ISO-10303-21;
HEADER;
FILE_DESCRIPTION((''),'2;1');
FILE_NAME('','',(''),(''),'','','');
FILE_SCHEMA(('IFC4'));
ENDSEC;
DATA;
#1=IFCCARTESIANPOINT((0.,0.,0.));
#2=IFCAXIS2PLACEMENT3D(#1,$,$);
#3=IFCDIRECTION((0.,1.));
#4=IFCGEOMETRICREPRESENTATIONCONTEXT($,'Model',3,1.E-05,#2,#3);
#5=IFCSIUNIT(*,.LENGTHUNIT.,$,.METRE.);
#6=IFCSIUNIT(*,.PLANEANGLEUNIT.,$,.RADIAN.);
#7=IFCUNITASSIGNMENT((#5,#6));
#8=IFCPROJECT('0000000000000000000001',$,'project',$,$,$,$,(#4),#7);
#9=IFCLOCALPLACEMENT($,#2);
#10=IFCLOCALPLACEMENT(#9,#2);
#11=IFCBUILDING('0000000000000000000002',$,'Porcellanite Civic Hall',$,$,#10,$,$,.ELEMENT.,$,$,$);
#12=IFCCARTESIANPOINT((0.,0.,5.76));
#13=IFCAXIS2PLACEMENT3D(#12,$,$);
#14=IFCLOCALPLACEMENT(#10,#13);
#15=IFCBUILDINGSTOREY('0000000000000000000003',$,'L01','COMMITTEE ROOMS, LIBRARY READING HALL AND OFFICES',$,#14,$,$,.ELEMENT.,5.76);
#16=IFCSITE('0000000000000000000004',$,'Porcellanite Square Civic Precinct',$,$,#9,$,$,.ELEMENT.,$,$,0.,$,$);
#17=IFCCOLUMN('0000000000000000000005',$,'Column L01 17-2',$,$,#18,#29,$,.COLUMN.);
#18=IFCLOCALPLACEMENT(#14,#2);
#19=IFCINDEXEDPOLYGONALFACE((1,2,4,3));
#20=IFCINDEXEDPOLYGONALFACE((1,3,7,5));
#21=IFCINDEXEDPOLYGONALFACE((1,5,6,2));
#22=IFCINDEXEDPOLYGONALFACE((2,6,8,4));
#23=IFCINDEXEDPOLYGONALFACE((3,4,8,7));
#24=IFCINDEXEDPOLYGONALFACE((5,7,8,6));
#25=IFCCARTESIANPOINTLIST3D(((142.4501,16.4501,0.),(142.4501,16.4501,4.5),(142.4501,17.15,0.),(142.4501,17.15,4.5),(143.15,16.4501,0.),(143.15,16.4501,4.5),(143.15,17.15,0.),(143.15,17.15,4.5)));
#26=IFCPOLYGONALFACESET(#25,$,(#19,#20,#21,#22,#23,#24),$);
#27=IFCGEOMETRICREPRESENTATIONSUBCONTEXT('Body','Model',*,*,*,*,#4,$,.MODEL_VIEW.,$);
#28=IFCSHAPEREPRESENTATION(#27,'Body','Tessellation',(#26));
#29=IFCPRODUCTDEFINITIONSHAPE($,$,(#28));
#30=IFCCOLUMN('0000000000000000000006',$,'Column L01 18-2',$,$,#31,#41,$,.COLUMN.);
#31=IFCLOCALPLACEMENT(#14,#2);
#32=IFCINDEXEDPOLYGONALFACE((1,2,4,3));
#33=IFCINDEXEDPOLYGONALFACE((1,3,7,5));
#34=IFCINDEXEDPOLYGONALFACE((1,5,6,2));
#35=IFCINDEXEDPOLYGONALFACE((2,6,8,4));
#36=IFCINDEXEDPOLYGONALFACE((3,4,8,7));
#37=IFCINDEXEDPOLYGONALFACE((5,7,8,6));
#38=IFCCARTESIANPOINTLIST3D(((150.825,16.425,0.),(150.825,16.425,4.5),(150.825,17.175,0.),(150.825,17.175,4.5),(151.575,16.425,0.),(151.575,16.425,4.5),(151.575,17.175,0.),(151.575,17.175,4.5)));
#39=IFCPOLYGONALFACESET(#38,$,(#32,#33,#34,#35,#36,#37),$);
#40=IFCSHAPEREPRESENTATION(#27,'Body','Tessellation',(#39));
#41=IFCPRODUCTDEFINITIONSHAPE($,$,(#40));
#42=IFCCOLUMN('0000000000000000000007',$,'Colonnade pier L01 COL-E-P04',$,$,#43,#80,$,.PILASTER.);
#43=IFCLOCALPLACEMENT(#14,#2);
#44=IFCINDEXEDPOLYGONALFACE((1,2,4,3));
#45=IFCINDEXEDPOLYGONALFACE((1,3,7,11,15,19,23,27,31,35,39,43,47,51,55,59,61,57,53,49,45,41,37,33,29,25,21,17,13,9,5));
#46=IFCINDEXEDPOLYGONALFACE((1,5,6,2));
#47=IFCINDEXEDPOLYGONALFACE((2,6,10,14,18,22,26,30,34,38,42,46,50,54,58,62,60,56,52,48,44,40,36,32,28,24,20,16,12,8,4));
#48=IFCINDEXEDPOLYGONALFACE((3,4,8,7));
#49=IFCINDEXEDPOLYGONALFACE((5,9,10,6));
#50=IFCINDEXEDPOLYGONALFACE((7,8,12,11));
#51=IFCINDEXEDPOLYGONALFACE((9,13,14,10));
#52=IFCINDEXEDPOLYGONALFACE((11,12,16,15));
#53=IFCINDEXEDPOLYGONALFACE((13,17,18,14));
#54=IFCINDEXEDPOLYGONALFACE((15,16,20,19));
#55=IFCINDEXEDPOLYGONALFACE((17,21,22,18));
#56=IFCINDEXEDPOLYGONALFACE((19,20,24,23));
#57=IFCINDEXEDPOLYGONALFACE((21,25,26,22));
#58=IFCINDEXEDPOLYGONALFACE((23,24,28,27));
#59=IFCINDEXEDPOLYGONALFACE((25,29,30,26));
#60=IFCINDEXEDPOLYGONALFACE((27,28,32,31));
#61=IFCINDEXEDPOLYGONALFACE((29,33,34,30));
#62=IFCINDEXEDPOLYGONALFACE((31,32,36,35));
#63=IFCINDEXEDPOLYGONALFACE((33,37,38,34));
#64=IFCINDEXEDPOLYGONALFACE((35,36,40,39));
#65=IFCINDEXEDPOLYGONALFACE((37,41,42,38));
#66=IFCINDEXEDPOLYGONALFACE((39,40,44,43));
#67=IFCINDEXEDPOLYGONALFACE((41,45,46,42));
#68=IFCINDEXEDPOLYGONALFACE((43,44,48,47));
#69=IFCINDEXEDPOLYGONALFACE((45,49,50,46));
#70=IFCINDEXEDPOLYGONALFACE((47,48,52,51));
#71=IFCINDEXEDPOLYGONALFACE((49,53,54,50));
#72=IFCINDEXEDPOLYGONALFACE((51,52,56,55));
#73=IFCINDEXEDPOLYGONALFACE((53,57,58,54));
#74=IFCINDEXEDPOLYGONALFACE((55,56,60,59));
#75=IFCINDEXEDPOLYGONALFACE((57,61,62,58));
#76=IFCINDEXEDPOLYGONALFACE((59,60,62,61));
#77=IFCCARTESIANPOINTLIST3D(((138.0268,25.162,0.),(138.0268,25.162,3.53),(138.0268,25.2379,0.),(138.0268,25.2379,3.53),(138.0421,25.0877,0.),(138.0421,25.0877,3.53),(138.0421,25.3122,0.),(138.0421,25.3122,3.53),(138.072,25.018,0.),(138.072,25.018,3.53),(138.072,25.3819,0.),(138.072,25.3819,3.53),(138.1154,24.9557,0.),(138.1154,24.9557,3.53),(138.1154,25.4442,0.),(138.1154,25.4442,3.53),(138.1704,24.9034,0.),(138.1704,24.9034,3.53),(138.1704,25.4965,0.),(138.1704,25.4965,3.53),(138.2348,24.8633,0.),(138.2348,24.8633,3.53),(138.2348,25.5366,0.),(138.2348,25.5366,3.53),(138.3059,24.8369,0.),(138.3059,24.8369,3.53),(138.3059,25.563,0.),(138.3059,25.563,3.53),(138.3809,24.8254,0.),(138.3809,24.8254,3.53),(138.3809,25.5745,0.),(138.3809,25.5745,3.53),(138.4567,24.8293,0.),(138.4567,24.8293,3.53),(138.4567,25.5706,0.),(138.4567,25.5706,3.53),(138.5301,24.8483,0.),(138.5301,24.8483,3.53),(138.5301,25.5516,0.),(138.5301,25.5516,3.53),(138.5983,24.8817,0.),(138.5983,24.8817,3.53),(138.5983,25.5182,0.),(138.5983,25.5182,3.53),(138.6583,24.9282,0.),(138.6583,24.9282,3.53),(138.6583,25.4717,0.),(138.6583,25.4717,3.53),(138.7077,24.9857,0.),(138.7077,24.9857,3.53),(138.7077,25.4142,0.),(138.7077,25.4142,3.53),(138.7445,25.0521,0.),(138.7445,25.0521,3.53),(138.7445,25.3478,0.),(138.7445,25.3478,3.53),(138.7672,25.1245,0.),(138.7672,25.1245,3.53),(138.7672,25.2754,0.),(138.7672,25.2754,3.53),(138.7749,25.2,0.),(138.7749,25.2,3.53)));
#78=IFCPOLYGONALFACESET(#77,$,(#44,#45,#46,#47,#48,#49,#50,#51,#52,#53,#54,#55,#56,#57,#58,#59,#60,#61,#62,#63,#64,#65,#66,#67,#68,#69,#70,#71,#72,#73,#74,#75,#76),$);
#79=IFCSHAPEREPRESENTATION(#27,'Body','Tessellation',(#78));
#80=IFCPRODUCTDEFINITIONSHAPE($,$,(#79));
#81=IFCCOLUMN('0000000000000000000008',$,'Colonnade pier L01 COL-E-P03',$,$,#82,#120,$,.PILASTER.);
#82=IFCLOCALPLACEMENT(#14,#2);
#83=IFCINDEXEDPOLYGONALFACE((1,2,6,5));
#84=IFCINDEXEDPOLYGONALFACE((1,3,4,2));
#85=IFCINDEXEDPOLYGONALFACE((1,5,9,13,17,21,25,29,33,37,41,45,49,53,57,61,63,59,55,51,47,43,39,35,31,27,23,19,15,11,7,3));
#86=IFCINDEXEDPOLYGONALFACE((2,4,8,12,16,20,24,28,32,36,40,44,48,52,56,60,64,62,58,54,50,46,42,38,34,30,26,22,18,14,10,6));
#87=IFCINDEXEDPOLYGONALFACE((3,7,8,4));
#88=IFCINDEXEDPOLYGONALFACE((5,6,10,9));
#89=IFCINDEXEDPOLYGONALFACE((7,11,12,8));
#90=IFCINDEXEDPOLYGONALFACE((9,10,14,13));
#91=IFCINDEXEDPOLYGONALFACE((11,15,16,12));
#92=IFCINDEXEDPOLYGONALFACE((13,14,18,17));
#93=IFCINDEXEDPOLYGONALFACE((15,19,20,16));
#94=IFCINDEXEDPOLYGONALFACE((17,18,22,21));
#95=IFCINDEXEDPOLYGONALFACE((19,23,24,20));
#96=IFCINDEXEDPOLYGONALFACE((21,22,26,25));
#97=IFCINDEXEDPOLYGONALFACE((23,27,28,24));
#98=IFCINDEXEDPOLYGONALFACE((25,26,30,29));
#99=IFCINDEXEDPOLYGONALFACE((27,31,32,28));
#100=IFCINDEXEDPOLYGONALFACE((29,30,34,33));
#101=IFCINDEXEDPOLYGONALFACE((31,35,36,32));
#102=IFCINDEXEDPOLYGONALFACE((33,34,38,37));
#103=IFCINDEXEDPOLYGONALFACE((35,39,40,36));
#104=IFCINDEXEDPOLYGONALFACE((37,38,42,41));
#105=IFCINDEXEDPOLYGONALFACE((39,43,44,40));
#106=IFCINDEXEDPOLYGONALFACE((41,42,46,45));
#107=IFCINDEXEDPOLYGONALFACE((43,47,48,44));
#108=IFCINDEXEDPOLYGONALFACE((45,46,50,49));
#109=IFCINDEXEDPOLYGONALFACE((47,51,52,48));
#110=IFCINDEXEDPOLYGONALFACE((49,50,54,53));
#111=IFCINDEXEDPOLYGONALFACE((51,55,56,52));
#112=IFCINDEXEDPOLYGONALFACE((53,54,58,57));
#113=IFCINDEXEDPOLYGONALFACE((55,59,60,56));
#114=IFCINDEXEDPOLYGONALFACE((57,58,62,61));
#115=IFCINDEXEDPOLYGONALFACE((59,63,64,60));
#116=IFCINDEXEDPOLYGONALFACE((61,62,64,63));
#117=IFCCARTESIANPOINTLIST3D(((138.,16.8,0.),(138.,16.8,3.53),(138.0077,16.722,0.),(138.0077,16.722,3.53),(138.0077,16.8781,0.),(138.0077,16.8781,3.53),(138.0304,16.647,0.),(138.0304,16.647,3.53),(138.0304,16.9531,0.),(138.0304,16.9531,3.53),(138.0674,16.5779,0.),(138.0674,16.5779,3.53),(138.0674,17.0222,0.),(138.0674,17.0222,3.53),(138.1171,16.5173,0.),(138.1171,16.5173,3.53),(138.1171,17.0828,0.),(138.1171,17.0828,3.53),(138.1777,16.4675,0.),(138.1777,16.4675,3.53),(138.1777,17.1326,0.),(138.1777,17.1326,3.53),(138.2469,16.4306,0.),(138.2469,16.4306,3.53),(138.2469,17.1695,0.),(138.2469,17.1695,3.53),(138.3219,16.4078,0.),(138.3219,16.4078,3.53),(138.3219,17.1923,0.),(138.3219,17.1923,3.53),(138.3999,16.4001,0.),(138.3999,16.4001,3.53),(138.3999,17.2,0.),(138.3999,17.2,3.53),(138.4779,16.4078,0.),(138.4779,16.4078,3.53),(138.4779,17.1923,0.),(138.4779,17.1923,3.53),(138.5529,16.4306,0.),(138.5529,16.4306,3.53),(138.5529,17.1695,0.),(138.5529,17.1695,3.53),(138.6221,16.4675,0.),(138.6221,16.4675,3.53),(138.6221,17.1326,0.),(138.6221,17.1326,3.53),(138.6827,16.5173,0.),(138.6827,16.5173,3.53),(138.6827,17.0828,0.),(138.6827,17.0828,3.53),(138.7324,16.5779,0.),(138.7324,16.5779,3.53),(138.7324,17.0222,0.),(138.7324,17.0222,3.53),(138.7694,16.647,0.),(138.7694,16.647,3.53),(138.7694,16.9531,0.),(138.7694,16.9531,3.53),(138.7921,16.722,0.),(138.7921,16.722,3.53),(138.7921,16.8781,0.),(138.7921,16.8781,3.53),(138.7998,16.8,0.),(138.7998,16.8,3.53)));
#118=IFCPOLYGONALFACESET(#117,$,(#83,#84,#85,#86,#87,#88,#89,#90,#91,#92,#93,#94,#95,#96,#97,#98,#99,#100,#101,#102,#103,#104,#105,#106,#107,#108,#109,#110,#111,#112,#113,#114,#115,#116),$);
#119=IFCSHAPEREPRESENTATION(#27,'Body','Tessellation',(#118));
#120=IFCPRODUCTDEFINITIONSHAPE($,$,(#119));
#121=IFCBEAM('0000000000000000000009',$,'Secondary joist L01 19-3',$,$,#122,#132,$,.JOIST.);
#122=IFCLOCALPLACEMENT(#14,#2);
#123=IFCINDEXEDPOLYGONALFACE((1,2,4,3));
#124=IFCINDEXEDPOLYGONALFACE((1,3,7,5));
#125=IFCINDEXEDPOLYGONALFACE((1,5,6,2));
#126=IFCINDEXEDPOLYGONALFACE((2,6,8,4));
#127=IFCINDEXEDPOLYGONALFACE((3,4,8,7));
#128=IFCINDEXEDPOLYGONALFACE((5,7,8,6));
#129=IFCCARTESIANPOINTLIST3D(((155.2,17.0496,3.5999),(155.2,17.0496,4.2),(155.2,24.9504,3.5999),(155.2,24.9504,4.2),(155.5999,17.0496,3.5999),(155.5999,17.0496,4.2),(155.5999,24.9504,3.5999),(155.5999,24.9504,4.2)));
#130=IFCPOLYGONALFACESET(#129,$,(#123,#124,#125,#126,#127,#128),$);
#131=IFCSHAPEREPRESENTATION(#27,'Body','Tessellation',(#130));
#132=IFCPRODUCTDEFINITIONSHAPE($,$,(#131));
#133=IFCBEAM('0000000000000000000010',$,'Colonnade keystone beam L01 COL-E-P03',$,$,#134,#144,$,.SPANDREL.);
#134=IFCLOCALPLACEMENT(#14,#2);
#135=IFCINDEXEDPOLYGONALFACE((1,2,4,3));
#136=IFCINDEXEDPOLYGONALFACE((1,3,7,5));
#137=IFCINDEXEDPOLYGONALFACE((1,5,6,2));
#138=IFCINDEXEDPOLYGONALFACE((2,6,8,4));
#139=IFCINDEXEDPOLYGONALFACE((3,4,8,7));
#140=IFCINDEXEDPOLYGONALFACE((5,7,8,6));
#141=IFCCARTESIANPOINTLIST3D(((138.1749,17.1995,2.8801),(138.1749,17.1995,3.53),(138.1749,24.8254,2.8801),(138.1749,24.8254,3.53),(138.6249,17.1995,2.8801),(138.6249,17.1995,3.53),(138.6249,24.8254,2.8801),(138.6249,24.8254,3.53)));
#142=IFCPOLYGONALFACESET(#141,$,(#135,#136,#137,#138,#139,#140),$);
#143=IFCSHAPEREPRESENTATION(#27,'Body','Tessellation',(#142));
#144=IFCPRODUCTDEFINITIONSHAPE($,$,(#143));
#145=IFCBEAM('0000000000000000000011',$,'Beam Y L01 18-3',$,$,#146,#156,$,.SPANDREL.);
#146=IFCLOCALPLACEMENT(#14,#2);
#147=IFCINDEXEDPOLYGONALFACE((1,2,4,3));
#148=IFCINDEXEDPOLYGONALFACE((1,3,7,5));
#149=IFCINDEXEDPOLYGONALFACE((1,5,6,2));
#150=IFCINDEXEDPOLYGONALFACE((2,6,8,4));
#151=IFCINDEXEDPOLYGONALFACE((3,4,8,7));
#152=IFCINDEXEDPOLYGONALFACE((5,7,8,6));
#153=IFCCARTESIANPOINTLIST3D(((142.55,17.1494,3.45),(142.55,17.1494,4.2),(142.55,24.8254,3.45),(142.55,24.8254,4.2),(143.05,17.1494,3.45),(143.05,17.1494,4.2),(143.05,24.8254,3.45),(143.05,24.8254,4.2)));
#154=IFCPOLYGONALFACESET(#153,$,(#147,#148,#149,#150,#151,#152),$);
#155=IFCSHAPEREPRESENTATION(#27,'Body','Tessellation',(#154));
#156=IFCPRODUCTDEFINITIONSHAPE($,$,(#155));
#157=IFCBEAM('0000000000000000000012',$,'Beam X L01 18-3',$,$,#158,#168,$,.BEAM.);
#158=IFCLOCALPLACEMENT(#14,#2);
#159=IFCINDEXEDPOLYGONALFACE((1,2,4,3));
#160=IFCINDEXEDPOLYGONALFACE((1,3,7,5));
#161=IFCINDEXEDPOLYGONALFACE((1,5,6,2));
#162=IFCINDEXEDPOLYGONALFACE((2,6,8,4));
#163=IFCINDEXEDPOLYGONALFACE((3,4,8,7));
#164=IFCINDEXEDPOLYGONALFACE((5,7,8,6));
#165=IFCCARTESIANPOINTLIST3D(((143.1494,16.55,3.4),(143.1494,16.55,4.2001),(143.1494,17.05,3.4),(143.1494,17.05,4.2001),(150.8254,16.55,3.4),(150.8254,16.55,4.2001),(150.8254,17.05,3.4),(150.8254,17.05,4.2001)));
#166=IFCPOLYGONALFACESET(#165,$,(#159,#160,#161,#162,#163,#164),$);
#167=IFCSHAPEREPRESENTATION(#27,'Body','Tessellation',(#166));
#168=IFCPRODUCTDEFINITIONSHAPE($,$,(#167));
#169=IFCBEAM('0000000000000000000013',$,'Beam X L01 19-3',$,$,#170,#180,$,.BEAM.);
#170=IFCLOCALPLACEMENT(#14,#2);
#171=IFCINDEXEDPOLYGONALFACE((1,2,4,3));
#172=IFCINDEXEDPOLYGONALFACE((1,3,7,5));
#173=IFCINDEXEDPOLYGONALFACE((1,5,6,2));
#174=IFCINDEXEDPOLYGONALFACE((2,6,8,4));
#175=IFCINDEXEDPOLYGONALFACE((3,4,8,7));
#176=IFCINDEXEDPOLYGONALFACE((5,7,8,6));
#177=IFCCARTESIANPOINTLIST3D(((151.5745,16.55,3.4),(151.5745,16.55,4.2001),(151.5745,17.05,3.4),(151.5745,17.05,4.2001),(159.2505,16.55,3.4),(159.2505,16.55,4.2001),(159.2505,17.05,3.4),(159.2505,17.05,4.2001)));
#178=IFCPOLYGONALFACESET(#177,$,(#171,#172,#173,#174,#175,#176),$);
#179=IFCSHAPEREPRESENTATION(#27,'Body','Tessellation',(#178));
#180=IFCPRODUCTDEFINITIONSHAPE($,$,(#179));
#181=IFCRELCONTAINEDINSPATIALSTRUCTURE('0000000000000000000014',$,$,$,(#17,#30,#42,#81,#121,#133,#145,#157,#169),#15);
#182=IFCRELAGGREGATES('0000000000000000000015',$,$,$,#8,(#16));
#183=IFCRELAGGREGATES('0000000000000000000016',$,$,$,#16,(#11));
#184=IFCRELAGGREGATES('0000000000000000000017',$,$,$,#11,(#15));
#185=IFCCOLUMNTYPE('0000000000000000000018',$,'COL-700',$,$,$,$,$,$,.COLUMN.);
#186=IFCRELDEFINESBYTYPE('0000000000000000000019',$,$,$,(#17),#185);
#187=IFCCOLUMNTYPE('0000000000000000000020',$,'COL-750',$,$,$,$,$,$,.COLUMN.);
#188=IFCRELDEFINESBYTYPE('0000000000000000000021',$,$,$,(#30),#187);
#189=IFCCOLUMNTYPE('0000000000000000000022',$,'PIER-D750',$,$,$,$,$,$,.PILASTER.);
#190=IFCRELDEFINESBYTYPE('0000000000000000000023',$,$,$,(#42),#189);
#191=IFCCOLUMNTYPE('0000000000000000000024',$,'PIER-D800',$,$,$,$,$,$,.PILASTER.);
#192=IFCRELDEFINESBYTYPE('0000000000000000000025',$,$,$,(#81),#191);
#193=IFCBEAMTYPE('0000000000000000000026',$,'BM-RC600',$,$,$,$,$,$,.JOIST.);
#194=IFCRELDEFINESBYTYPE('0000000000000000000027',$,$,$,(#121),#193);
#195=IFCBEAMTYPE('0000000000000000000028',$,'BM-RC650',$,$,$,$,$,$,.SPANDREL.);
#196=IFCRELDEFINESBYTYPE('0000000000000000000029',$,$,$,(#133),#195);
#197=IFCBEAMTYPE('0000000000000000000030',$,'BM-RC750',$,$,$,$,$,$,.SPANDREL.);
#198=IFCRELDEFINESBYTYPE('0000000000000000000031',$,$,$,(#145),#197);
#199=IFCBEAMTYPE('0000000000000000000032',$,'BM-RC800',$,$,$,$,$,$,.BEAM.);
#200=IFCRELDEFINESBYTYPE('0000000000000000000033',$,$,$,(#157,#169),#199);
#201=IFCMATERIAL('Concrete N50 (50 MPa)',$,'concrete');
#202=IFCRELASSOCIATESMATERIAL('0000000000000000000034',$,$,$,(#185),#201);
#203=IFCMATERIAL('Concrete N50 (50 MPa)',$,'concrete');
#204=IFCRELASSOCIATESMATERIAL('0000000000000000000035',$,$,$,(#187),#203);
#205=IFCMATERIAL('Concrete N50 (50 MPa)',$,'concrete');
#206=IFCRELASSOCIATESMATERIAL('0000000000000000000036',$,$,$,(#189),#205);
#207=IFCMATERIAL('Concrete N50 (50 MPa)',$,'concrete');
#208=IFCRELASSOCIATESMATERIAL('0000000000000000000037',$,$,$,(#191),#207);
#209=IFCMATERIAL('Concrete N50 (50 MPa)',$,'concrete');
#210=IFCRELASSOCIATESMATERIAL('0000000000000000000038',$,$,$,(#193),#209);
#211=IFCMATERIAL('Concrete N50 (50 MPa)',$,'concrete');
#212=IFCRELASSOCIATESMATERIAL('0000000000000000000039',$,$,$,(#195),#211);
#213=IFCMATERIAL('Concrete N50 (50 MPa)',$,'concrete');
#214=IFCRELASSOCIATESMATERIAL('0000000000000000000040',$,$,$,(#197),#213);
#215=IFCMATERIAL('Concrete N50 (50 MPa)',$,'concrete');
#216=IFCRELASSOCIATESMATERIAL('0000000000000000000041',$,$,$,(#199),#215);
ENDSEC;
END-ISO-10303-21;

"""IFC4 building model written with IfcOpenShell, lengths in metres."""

from ifc_helpers import new_model, si_unit, direction, frame, origin, origin_2d, place, context, subcontext, project, spatial, rectangle, circle, extrude, material, material_profile, profile_set, type_object, element, save


model = new_model("IFC4")

# Units and contexts
model_context = context("Model", 3, precision=1e-05, world=origin(), true_north=direction((0.0, 1.0)))
body_context = subcontext(model_context, "Body", "Model", "MODEL_VIEW")
ifc_project = project(units=[si_unit("LENGTHUNIT", "METRE"), si_unit("PLANEANGLEUNIT", "RADIAN")], contexts=[model_context])

# Site, building, storey
site_placement = place(None, origin())
site = spatial("IfcSite", under=ifc_project, at=site_placement, Name="Porcellanite Square Civic Precinct", CompositionType="ELEMENT", RefElevation=0.0)
building_placement = place(site_placement, origin())
building = spatial("IfcBuilding", under=site, at=building_placement, Name="Porcellanite Civic Hall", CompositionType="ELEMENT")
storey_placement = place(building_placement, frame((0.0, 0.0, 5.76)))
storey = spatial("IfcBuildingStorey", under=building, at=storey_placement, Name="L01", Description="COMMITTEE ROOMS, LIBRARY READING HALL AND OFFICES", CompositionType="ELEMENT", Elevation=5.76)

# Columns
ifc_material_1 = material(Name="Concrete N50 (50 MPa)", Category="concrete")
ifc_material_profile_1 = material_profile(ifc_material_1, rectangle(XDim=0.7, YDim=0.7, at=origin_2d()), Name="RC-700x700")
ifc_profile_set_1 = profile_set([ifc_material_profile_1], Name="Concrete N50 (50 MPa)")
column_type_1 = type_object("IfcColumnType", Name="COL-700", PredefinedType="COLUMN", material=ifc_profile_set_1)
column_1_placement = place(storey_placement, frame((142.8, 16.8, 0.0), z_axis=(0.0, 0.0, 1.0), x_axis=(1.0, 0.0, 0.0)))
element("IfcColumn", 1, at=column_1_placement, inside=storey, type_object=column_type_1, Name="Column L01 17-2", PredefinedType="COLUMN", context=body_context, shape_type="SweptSolid", body=[
    extrude(rectangle(XDim=0.7, YDim=0.7, at=origin_2d()), origin(), (0.0, 0.0, 1.0), 4.5),
])
ifc_material_2 = material(Name="Concrete N50 (50 MPa)", Category="concrete")
ifc_material_profile_2 = material_profile(ifc_material_2, rectangle(XDim=0.75, YDim=0.75, at=origin_2d()), Name="RC-750x750")
ifc_profile_set_2 = profile_set([ifc_material_profile_2], Name="Concrete N50 (50 MPa)")
column_type_2 = type_object("IfcColumnType", Name="COL-750", PredefinedType="COLUMN", material=ifc_profile_set_2)
column_2_placement = place(storey_placement, frame((151.2, 16.8, 0.0), z_axis=(0.0, 0.0, 1.0), x_axis=(1.0, 0.0, 0.0)))
element("IfcColumn", 2, at=column_2_placement, inside=storey, type_object=column_type_2, Name="Column L01 18-2", PredefinedType="COLUMN", context=body_context, shape_type="SweptSolid", body=[
    extrude(rectangle(XDim=0.75, YDim=0.75, at=origin_2d()), origin(), (0.0, 0.0, 1.0), 4.5),
])
ifc_material_3 = material(Name="Concrete N50 (50 MPa)", Category="concrete")
ifc_material_profile_3 = material_profile(ifc_material_3, circle(Radius=0.375, at=origin_2d()), Name="RC-D750")
ifc_profile_set_3 = profile_set([ifc_material_profile_3], Name="Concrete N50 (50 MPa)")
column_type_3 = type_object("IfcColumnType", Name="PIER-D750", PredefinedType="PILASTER", material=ifc_profile_set_3)
column_3_placement = place(storey_placement, frame((138.3999, 25.2, 0.0), z_axis=(0.0, 0.0, 1.0), x_axis=(1.0, 0.0, 0.0)))
element("IfcColumn", 3, at=column_3_placement, inside=storey, type_object=column_type_3, Name="Colonnade pier L01 COL-E-P04", PredefinedType="PILASTER", context=body_context, shape_type="SweptSolid", body=[
    extrude(circle(Radius=0.375, at=origin_2d()), origin(), (0.0, 0.0, 1.0), 3.53),
])
ifc_material_4 = material(Name="Concrete N50 (50 MPa)", Category="concrete")
ifc_material_profile_4 = material_profile(ifc_material_4, circle(Radius=0.3999, at=origin_2d()), Name="RC-D800")
ifc_profile_set_4 = profile_set([ifc_material_profile_4], Name="Concrete N50 (50 MPa)")
column_type_4 = type_object("IfcColumnType", Name="PIER-D800", PredefinedType="PILASTER", material=ifc_profile_set_4)
column_4_placement = place(storey_placement, frame((138.3999, 16.8, 0.0), z_axis=(0.0, 0.0, 1.0), x_axis=(1.0, 0.0, 0.0)))
element("IfcColumn", 4, at=column_4_placement, inside=storey, type_object=column_type_4, Name="Colonnade pier L01 COL-E-P03", PredefinedType="PILASTER", context=body_context, shape_type="SweptSolid", body=[
    extrude(circle(Radius=0.3999, at=origin_2d()), origin(), (0.0, 0.0, 1.0), 3.53),
])

# Beams
ifc_material_5 = material(Name="Concrete N50 (50 MPa)", Category="concrete")
ifc_material_profile_5 = material_profile(ifc_material_5, rectangle(XDim=0.3999, YDim=0.6001, at=origin_2d()), Name="RC-400x600")
ifc_profile_set_5 = profile_set([ifc_material_profile_5], Name="Concrete N50 (50 MPa)")
beam_type_1 = type_object("IfcBeamType", Name="BM-RC600", PredefinedType="JOIST", material=ifc_profile_set_5)
beam_1_placement = place(storey_placement, frame((155.3999, 17.0496, 3.8999), z_axis=(0.0, 1.0, 0.0), x_axis=(-1.0, 0.0, 0.0)))
element("IfcBeam", 5, at=beam_1_placement, inside=storey, type_object=beam_type_1, Name="Secondary joist L01 19-3", PredefinedType="JOIST", context=body_context, shape_type="SweptSolid", body=[
    extrude(rectangle(XDim=0.3999, YDim=0.6001, at=origin_2d()), origin(), (0.0, 0.0, 1.0), 7.9009),
])
ifc_material_6 = material(Name="Concrete N50 (50 MPa)", Category="concrete")
ifc_material_profile_6 = material_profile(ifc_material_6, rectangle(XDim=0.45, YDim=0.6499, at=origin_2d()), Name="RC-450x650")
ifc_profile_set_6 = profile_set([ifc_material_profile_6], Name="Concrete N50 (50 MPa)")
beam_type_2 = type_object("IfcBeamType", Name="BM-RC650", PredefinedType="SPANDREL", material=ifc_profile_set_6)
beam_2_placement = place(storey_placement, frame((138.3999, 17.1995, 3.2051), z_axis=(0.0, 1.0, 0.0), x_axis=(-1.0, 0.0, 0.0)))
element("IfcBeam", 6, at=beam_2_placement, inside=storey, type_object=beam_type_2, Name="Colonnade keystone beam L01 COL-E-P03", PredefinedType="SPANDREL", context=body_context, shape_type="SweptSolid", body=[
    extrude(rectangle(XDim=0.45, YDim=0.6499, at=origin_2d()), origin(), (0.0, 0.0, 1.0), 7.626),
])
ifc_material_7 = material(Name="Concrete N50 (50 MPa)", Category="concrete")
ifc_material_profile_7 = material_profile(ifc_material_7, rectangle(XDim=0.5, YDim=0.75, at=origin_2d()), Name="RC-500x750")
ifc_profile_set_7 = profile_set([ifc_material_profile_7], Name="Concrete N50 (50 MPa)")
beam_type_3 = type_object("IfcBeamType", Name="BM-RC750", PredefinedType="SPANDREL", material=ifc_profile_set_7)
beam_3_placement = place(storey_placement, frame((142.8, 17.1494, 3.825), z_axis=(0.0, 1.0, 0.0), x_axis=(-1.0, 0.0, 0.0)))
element("IfcBeam", 7, at=beam_3_placement, inside=storey, type_object=beam_type_3, Name="Beam Y L01 18-3", PredefinedType="SPANDREL", context=body_context, shape_type="SweptSolid", body=[
    extrude(rectangle(XDim=0.5, YDim=0.75, at=origin_2d()), origin(), (0.0, 0.0, 1.0), 7.676),
])
ifc_material_8 = material(Name="Concrete N50 (50 MPa)", Category="concrete")
ifc_material_profile_8 = material_profile(ifc_material_8, rectangle(XDim=0.5, YDim=0.8, at=origin_2d()), Name="RC-500x800")
ifc_profile_set_8 = profile_set([ifc_material_profile_8], Name="Concrete N50 (50 MPa)")
beam_type_4 = type_object("IfcBeamType", Name="BM-RC800", PredefinedType="BEAM", material=ifc_profile_set_8)
for number, where, z_axis, x_axis, name in (
    (8, (143.1494, 16.8, 3.8), (1.0, 0.0, 0.0), (0.0, 1.0, 0.0), "Beam X L01 18-3"),
    (9, (151.5745, 16.8, 3.8), (1.0, 0.0, 0.0), (0.0, 1.0, 0.0), "Beam X L01 19-3"),
):
    element("IfcBeam", number, at=place(storey_placement, frame(where, z_axis=z_axis, x_axis=x_axis)), inside=storey, type_object=beam_type_4, Name=name, PredefinedType="BEAM", context=body_context, shape_type="SweptSolid", body=[
        extrude(rectangle(XDim=0.5, YDim=0.8, at=origin_2d()), origin(), (0.0, 0.0, 1.0), 7.676),
    ])

save(model, "model.ifc")
